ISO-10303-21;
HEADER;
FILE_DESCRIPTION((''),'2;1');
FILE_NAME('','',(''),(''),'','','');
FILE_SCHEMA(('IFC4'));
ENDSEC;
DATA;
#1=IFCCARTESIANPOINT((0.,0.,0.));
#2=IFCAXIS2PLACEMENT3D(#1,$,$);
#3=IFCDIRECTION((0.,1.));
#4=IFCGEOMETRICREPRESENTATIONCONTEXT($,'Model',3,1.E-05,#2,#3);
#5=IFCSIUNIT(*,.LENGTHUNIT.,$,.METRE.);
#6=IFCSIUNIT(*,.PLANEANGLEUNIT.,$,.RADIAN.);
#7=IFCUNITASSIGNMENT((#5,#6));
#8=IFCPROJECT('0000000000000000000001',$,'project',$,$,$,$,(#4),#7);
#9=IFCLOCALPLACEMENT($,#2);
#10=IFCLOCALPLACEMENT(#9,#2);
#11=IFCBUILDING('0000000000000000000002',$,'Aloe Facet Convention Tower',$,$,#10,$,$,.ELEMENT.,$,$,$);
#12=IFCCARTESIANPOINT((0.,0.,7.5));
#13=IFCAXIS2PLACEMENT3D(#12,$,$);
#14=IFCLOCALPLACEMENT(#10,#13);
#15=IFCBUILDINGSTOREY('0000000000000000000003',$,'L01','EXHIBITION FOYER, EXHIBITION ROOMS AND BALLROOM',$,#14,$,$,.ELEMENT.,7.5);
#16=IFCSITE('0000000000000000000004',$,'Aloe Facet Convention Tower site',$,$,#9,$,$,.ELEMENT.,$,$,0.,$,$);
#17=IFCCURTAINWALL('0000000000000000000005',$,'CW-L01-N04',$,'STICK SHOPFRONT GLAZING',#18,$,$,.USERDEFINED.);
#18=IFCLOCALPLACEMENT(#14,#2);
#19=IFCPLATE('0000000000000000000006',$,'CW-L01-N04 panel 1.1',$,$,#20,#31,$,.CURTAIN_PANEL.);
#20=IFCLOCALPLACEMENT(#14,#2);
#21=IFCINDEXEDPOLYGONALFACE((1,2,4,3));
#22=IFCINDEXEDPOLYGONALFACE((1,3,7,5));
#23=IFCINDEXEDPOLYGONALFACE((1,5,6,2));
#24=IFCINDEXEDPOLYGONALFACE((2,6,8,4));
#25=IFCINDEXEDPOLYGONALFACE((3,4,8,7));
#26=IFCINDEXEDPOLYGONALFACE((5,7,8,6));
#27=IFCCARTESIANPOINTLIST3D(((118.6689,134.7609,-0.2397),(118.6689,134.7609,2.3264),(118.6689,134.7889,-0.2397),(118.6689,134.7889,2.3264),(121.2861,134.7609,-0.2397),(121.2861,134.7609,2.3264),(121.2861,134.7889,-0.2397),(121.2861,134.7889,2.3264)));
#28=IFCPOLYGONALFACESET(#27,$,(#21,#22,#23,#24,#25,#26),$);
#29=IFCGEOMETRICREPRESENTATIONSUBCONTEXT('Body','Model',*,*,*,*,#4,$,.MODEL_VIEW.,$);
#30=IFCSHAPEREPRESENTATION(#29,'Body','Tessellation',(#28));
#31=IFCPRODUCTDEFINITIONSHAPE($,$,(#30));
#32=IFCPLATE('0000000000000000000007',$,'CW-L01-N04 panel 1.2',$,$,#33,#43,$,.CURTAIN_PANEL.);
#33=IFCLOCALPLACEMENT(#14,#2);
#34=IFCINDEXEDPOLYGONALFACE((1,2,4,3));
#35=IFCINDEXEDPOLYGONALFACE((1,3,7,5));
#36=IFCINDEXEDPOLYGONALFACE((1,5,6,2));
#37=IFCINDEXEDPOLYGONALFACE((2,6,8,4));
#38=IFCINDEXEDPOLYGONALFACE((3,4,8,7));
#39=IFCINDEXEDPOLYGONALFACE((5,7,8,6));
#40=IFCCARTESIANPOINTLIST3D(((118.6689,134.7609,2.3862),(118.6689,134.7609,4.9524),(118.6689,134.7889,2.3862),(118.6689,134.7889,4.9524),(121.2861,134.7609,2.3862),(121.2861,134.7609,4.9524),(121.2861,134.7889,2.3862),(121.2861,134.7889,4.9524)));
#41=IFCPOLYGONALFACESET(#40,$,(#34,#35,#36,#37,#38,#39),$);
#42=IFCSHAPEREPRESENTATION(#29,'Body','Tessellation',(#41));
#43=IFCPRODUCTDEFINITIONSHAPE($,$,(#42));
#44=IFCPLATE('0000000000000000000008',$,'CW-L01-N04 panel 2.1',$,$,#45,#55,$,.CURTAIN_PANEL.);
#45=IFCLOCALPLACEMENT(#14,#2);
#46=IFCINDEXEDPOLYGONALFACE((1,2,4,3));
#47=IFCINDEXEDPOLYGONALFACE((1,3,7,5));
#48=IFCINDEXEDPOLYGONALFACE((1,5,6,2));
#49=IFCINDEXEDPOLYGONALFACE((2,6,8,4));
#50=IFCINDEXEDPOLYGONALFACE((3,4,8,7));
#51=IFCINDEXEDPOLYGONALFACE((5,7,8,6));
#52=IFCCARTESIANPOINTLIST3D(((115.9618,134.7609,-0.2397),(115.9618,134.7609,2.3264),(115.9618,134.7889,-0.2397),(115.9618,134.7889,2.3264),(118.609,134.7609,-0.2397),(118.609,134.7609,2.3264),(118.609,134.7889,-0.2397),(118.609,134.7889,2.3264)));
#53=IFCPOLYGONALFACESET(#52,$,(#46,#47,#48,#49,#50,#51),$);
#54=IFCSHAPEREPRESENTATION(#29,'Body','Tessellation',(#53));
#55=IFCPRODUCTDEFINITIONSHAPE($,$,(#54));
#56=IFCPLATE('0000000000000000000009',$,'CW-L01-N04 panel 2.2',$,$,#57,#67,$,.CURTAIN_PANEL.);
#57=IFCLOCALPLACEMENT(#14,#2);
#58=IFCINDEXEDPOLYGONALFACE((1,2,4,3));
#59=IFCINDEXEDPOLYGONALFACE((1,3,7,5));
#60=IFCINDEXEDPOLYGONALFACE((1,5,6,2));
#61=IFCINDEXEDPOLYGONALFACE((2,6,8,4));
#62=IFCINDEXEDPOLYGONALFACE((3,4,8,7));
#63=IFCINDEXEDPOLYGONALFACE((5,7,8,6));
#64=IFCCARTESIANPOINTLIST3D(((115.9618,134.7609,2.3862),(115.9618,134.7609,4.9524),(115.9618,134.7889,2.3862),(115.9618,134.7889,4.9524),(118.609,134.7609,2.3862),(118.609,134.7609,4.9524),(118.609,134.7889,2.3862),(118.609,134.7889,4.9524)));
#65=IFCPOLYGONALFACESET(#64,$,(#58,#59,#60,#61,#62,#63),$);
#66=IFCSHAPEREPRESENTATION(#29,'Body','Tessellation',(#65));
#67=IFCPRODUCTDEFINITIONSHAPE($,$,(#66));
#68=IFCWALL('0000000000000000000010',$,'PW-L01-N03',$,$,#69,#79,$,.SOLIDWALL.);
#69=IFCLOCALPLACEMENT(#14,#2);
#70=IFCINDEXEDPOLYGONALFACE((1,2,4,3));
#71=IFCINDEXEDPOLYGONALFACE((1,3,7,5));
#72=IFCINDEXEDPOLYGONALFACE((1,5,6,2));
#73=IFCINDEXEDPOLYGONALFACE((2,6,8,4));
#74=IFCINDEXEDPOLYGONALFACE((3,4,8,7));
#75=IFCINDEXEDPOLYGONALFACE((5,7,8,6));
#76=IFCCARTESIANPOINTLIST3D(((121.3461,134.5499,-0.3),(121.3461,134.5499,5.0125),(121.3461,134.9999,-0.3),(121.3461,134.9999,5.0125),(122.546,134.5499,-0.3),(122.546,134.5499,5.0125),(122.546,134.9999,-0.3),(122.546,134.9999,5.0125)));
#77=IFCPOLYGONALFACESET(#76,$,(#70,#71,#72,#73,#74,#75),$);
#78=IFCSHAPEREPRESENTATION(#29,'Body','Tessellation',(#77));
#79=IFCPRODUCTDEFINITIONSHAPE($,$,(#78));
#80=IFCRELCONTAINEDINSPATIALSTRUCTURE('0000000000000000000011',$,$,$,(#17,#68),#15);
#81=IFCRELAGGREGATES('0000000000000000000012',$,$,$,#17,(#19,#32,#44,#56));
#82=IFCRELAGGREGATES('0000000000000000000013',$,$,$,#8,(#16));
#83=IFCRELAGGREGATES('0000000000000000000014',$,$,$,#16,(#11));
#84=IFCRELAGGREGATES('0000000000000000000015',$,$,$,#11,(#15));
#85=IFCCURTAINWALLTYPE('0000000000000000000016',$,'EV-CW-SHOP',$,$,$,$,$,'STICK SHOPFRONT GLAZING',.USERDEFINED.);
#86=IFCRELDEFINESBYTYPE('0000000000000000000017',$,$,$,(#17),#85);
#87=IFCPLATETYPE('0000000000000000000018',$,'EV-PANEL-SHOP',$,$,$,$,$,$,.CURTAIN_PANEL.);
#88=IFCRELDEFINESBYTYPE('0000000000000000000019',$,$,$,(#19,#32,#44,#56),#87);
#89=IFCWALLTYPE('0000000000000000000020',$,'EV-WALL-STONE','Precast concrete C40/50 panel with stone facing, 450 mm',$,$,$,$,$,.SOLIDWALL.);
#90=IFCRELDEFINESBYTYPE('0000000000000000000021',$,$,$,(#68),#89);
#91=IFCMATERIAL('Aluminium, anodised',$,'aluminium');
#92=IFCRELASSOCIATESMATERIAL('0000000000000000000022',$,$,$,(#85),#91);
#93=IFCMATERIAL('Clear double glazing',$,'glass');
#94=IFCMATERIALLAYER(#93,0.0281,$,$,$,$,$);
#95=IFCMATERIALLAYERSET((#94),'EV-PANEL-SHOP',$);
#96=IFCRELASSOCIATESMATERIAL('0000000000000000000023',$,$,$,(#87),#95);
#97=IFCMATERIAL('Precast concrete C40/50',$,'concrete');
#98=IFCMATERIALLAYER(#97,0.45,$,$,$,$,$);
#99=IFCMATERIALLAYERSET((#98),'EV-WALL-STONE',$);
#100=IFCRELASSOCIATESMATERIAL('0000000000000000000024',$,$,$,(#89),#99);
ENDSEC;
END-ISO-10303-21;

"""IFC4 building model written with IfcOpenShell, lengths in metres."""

from ifc_helpers import new_model, si_unit, direction, frame, frame_2d, origin, origin_2d, place, context, subcontext, project, spatial, rectangle, extrude, material, layer, layer_set, type_object, element, aggregate, save


model = new_model("IFC4")

# Units and contexts
model_context = context("Model", 3, precision=1e-05, world=origin(), true_north=direction((0.0, 1.0)))
body_context = subcontext(model_context, "Body", "Model", "MODEL_VIEW")
ifc_project = project(units=[si_unit("LENGTHUNIT", "METRE"), si_unit("PLANEANGLEUNIT", "RADIAN")], contexts=[model_context])

# Site, building, storey
site_placement = place(None, origin())
site = spatial("IfcSite", under=ifc_project, at=site_placement, Name="Aloe Facet Convention Tower site", CompositionType="ELEMENT", RefElevation=0.0)
building_placement = place(site_placement, origin())
building = spatial("IfcBuilding", under=site, at=building_placement, Name="Aloe Facet Convention Tower", CompositionType="ELEMENT")
storey_placement = place(building_placement, frame((0.0, 0.0, 7.5)))
storey = spatial("IfcBuildingStorey", under=building, at=storey_placement, Name="L01", Description="EXHIBITION FOYER, EXHIBITION ROOMS AND BALLROOM", CompositionType="ELEMENT", Elevation=7.5)

# Shared definitions
ifc_material_1 = material(Name="Aluminium, anodised", Category="aluminium")
curtain_wall_type = type_object("IfcCurtainWallType", Name="EV-CW-SHOP", ElementType="STICK SHOPFRONT GLAZING", PredefinedType="USERDEFINED", material=ifc_material_1)

# Curtain wall
curtain_wall_1_placement = place(storey_placement, origin())
curtain_wall_1 = element("IfcCurtainWall", 1, at=curtain_wall_1_placement, inside=storey, type_object=curtain_wall_type, Name="CW-L01-N04", ObjectType="STICK SHOPFRONT GLAZING", PredefinedType="USERDEFINED")

# Plates
ifc_material_2 = material(Name="Clear double glazing", Category="glass")
ifc_layer_1 = layer(ifc_material_2, 0.0281)
ifc_layer_set_1 = layer_set([ifc_layer_1], Name="EV-PANEL-SHOP")
plate_type = type_object("IfcPlateType", Name="EV-PANEL-SHOP", PredefinedType="CURTAIN_PANEL", material=ifc_layer_set_1)
plate_1_placement = place(storey_placement, frame((119.9775, 134.7749, -0.2397), z_axis=(0.0, 0.0, 1.0), x_axis=(-1.0, 0.0, 0.0)))
plate_1 = element("IfcPlate", 2, at=plate_1_placement, type_object=plate_type, Name="CW-L01-N04 panel 1.1", PredefinedType="CURTAIN_PANEL", context=body_context, shape_type="SweptSolid", body=[
    extrude(rectangle(XDim=2.6172, YDim=0.0281, at=origin_2d()), origin(), (0.0, 0.0, 1.0), 2.5662),
])
plate_2_placement = place(storey_placement, frame((119.9775, 134.7749, 2.3862), z_axis=(0.0, 0.0, 1.0), x_axis=(-1.0, 0.0, 0.0)))
plate_2 = element("IfcPlate", 3, at=plate_2_placement, type_object=plate_type, Name="CW-L01-N04 panel 1.2", PredefinedType="CURTAIN_PANEL", context=body_context, shape_type="SweptSolid", body=[
    extrude(rectangle(XDim=2.6172, YDim=0.0281, at=origin_2d()), origin(), (0.0, 0.0, 1.0), 2.5662),
])
plate_3_placement = place(storey_placement, frame((117.2854, 134.7749, -0.2397), z_axis=(0.0, 0.0, 1.0), x_axis=(-1.0, 0.0, 0.0)))
plate_3 = element("IfcPlate", 4, at=plate_3_placement, type_object=plate_type, Name="CW-L01-N04 panel 2.1", PredefinedType="CURTAIN_PANEL", context=body_context, shape_type="SweptSolid", body=[
    extrude(rectangle(XDim=2.6472, YDim=0.0281, at=origin_2d()), origin(), (0.0, 0.0, 1.0), 2.5662),
])
plate_4_placement = place(storey_placement, frame((117.2854, 134.7749, 2.3862), z_axis=(0.0, 0.0, 1.0), x_axis=(-1.0, 0.0, 0.0)))
plate_4 = element("IfcPlate", 5, at=plate_4_placement, type_object=plate_type, Name="CW-L01-N04 panel 2.2", PredefinedType="CURTAIN_PANEL", context=body_context, shape_type="SweptSolid", body=[
    extrude(rectangle(XDim=2.6472, YDim=0.0281, at=origin_2d()), origin(), (0.0, 0.0, 1.0), 2.5662),
])
aggregate(curtain_wall_1, [plate_1, plate_2, plate_3, plate_4])

# Wall
ifc_material_3 = material(Name="Precast concrete C40/50", Category="concrete")
ifc_layer_2 = layer(ifc_material_3, 0.45)
ifc_layer_set_2 = layer_set([ifc_layer_2], Name="EV-WALL-STONE")
wall_type = type_object("IfcWallType", Name="EV-WALL-STONE", Description="Precast concrete C40/50 panel with stone facing, 450 mm", PredefinedType="SOLIDWALL", material=ifc_layer_set_2)
wall_placement = place(storey_placement, frame((122.5461, 134.7749, -0.3), z_axis=(0.0, 0.0, 1.0), x_axis=(-1.0, 0.0, 0.0)))
element("IfcWall", 6, at=wall_placement, inside=storey, type_object=wall_type, Name="PW-L01-N03", PredefinedType="SOLIDWALL", context=body_context, shape_type="SweptSolid", body=[
    extrude(rectangle(XDim=1.2, YDim=0.45, at=frame_2d((0.6001, 0.0))), origin(), (0.0, 0.0, 1.0), 5.3125),
])

save(model, "model.ifc")
